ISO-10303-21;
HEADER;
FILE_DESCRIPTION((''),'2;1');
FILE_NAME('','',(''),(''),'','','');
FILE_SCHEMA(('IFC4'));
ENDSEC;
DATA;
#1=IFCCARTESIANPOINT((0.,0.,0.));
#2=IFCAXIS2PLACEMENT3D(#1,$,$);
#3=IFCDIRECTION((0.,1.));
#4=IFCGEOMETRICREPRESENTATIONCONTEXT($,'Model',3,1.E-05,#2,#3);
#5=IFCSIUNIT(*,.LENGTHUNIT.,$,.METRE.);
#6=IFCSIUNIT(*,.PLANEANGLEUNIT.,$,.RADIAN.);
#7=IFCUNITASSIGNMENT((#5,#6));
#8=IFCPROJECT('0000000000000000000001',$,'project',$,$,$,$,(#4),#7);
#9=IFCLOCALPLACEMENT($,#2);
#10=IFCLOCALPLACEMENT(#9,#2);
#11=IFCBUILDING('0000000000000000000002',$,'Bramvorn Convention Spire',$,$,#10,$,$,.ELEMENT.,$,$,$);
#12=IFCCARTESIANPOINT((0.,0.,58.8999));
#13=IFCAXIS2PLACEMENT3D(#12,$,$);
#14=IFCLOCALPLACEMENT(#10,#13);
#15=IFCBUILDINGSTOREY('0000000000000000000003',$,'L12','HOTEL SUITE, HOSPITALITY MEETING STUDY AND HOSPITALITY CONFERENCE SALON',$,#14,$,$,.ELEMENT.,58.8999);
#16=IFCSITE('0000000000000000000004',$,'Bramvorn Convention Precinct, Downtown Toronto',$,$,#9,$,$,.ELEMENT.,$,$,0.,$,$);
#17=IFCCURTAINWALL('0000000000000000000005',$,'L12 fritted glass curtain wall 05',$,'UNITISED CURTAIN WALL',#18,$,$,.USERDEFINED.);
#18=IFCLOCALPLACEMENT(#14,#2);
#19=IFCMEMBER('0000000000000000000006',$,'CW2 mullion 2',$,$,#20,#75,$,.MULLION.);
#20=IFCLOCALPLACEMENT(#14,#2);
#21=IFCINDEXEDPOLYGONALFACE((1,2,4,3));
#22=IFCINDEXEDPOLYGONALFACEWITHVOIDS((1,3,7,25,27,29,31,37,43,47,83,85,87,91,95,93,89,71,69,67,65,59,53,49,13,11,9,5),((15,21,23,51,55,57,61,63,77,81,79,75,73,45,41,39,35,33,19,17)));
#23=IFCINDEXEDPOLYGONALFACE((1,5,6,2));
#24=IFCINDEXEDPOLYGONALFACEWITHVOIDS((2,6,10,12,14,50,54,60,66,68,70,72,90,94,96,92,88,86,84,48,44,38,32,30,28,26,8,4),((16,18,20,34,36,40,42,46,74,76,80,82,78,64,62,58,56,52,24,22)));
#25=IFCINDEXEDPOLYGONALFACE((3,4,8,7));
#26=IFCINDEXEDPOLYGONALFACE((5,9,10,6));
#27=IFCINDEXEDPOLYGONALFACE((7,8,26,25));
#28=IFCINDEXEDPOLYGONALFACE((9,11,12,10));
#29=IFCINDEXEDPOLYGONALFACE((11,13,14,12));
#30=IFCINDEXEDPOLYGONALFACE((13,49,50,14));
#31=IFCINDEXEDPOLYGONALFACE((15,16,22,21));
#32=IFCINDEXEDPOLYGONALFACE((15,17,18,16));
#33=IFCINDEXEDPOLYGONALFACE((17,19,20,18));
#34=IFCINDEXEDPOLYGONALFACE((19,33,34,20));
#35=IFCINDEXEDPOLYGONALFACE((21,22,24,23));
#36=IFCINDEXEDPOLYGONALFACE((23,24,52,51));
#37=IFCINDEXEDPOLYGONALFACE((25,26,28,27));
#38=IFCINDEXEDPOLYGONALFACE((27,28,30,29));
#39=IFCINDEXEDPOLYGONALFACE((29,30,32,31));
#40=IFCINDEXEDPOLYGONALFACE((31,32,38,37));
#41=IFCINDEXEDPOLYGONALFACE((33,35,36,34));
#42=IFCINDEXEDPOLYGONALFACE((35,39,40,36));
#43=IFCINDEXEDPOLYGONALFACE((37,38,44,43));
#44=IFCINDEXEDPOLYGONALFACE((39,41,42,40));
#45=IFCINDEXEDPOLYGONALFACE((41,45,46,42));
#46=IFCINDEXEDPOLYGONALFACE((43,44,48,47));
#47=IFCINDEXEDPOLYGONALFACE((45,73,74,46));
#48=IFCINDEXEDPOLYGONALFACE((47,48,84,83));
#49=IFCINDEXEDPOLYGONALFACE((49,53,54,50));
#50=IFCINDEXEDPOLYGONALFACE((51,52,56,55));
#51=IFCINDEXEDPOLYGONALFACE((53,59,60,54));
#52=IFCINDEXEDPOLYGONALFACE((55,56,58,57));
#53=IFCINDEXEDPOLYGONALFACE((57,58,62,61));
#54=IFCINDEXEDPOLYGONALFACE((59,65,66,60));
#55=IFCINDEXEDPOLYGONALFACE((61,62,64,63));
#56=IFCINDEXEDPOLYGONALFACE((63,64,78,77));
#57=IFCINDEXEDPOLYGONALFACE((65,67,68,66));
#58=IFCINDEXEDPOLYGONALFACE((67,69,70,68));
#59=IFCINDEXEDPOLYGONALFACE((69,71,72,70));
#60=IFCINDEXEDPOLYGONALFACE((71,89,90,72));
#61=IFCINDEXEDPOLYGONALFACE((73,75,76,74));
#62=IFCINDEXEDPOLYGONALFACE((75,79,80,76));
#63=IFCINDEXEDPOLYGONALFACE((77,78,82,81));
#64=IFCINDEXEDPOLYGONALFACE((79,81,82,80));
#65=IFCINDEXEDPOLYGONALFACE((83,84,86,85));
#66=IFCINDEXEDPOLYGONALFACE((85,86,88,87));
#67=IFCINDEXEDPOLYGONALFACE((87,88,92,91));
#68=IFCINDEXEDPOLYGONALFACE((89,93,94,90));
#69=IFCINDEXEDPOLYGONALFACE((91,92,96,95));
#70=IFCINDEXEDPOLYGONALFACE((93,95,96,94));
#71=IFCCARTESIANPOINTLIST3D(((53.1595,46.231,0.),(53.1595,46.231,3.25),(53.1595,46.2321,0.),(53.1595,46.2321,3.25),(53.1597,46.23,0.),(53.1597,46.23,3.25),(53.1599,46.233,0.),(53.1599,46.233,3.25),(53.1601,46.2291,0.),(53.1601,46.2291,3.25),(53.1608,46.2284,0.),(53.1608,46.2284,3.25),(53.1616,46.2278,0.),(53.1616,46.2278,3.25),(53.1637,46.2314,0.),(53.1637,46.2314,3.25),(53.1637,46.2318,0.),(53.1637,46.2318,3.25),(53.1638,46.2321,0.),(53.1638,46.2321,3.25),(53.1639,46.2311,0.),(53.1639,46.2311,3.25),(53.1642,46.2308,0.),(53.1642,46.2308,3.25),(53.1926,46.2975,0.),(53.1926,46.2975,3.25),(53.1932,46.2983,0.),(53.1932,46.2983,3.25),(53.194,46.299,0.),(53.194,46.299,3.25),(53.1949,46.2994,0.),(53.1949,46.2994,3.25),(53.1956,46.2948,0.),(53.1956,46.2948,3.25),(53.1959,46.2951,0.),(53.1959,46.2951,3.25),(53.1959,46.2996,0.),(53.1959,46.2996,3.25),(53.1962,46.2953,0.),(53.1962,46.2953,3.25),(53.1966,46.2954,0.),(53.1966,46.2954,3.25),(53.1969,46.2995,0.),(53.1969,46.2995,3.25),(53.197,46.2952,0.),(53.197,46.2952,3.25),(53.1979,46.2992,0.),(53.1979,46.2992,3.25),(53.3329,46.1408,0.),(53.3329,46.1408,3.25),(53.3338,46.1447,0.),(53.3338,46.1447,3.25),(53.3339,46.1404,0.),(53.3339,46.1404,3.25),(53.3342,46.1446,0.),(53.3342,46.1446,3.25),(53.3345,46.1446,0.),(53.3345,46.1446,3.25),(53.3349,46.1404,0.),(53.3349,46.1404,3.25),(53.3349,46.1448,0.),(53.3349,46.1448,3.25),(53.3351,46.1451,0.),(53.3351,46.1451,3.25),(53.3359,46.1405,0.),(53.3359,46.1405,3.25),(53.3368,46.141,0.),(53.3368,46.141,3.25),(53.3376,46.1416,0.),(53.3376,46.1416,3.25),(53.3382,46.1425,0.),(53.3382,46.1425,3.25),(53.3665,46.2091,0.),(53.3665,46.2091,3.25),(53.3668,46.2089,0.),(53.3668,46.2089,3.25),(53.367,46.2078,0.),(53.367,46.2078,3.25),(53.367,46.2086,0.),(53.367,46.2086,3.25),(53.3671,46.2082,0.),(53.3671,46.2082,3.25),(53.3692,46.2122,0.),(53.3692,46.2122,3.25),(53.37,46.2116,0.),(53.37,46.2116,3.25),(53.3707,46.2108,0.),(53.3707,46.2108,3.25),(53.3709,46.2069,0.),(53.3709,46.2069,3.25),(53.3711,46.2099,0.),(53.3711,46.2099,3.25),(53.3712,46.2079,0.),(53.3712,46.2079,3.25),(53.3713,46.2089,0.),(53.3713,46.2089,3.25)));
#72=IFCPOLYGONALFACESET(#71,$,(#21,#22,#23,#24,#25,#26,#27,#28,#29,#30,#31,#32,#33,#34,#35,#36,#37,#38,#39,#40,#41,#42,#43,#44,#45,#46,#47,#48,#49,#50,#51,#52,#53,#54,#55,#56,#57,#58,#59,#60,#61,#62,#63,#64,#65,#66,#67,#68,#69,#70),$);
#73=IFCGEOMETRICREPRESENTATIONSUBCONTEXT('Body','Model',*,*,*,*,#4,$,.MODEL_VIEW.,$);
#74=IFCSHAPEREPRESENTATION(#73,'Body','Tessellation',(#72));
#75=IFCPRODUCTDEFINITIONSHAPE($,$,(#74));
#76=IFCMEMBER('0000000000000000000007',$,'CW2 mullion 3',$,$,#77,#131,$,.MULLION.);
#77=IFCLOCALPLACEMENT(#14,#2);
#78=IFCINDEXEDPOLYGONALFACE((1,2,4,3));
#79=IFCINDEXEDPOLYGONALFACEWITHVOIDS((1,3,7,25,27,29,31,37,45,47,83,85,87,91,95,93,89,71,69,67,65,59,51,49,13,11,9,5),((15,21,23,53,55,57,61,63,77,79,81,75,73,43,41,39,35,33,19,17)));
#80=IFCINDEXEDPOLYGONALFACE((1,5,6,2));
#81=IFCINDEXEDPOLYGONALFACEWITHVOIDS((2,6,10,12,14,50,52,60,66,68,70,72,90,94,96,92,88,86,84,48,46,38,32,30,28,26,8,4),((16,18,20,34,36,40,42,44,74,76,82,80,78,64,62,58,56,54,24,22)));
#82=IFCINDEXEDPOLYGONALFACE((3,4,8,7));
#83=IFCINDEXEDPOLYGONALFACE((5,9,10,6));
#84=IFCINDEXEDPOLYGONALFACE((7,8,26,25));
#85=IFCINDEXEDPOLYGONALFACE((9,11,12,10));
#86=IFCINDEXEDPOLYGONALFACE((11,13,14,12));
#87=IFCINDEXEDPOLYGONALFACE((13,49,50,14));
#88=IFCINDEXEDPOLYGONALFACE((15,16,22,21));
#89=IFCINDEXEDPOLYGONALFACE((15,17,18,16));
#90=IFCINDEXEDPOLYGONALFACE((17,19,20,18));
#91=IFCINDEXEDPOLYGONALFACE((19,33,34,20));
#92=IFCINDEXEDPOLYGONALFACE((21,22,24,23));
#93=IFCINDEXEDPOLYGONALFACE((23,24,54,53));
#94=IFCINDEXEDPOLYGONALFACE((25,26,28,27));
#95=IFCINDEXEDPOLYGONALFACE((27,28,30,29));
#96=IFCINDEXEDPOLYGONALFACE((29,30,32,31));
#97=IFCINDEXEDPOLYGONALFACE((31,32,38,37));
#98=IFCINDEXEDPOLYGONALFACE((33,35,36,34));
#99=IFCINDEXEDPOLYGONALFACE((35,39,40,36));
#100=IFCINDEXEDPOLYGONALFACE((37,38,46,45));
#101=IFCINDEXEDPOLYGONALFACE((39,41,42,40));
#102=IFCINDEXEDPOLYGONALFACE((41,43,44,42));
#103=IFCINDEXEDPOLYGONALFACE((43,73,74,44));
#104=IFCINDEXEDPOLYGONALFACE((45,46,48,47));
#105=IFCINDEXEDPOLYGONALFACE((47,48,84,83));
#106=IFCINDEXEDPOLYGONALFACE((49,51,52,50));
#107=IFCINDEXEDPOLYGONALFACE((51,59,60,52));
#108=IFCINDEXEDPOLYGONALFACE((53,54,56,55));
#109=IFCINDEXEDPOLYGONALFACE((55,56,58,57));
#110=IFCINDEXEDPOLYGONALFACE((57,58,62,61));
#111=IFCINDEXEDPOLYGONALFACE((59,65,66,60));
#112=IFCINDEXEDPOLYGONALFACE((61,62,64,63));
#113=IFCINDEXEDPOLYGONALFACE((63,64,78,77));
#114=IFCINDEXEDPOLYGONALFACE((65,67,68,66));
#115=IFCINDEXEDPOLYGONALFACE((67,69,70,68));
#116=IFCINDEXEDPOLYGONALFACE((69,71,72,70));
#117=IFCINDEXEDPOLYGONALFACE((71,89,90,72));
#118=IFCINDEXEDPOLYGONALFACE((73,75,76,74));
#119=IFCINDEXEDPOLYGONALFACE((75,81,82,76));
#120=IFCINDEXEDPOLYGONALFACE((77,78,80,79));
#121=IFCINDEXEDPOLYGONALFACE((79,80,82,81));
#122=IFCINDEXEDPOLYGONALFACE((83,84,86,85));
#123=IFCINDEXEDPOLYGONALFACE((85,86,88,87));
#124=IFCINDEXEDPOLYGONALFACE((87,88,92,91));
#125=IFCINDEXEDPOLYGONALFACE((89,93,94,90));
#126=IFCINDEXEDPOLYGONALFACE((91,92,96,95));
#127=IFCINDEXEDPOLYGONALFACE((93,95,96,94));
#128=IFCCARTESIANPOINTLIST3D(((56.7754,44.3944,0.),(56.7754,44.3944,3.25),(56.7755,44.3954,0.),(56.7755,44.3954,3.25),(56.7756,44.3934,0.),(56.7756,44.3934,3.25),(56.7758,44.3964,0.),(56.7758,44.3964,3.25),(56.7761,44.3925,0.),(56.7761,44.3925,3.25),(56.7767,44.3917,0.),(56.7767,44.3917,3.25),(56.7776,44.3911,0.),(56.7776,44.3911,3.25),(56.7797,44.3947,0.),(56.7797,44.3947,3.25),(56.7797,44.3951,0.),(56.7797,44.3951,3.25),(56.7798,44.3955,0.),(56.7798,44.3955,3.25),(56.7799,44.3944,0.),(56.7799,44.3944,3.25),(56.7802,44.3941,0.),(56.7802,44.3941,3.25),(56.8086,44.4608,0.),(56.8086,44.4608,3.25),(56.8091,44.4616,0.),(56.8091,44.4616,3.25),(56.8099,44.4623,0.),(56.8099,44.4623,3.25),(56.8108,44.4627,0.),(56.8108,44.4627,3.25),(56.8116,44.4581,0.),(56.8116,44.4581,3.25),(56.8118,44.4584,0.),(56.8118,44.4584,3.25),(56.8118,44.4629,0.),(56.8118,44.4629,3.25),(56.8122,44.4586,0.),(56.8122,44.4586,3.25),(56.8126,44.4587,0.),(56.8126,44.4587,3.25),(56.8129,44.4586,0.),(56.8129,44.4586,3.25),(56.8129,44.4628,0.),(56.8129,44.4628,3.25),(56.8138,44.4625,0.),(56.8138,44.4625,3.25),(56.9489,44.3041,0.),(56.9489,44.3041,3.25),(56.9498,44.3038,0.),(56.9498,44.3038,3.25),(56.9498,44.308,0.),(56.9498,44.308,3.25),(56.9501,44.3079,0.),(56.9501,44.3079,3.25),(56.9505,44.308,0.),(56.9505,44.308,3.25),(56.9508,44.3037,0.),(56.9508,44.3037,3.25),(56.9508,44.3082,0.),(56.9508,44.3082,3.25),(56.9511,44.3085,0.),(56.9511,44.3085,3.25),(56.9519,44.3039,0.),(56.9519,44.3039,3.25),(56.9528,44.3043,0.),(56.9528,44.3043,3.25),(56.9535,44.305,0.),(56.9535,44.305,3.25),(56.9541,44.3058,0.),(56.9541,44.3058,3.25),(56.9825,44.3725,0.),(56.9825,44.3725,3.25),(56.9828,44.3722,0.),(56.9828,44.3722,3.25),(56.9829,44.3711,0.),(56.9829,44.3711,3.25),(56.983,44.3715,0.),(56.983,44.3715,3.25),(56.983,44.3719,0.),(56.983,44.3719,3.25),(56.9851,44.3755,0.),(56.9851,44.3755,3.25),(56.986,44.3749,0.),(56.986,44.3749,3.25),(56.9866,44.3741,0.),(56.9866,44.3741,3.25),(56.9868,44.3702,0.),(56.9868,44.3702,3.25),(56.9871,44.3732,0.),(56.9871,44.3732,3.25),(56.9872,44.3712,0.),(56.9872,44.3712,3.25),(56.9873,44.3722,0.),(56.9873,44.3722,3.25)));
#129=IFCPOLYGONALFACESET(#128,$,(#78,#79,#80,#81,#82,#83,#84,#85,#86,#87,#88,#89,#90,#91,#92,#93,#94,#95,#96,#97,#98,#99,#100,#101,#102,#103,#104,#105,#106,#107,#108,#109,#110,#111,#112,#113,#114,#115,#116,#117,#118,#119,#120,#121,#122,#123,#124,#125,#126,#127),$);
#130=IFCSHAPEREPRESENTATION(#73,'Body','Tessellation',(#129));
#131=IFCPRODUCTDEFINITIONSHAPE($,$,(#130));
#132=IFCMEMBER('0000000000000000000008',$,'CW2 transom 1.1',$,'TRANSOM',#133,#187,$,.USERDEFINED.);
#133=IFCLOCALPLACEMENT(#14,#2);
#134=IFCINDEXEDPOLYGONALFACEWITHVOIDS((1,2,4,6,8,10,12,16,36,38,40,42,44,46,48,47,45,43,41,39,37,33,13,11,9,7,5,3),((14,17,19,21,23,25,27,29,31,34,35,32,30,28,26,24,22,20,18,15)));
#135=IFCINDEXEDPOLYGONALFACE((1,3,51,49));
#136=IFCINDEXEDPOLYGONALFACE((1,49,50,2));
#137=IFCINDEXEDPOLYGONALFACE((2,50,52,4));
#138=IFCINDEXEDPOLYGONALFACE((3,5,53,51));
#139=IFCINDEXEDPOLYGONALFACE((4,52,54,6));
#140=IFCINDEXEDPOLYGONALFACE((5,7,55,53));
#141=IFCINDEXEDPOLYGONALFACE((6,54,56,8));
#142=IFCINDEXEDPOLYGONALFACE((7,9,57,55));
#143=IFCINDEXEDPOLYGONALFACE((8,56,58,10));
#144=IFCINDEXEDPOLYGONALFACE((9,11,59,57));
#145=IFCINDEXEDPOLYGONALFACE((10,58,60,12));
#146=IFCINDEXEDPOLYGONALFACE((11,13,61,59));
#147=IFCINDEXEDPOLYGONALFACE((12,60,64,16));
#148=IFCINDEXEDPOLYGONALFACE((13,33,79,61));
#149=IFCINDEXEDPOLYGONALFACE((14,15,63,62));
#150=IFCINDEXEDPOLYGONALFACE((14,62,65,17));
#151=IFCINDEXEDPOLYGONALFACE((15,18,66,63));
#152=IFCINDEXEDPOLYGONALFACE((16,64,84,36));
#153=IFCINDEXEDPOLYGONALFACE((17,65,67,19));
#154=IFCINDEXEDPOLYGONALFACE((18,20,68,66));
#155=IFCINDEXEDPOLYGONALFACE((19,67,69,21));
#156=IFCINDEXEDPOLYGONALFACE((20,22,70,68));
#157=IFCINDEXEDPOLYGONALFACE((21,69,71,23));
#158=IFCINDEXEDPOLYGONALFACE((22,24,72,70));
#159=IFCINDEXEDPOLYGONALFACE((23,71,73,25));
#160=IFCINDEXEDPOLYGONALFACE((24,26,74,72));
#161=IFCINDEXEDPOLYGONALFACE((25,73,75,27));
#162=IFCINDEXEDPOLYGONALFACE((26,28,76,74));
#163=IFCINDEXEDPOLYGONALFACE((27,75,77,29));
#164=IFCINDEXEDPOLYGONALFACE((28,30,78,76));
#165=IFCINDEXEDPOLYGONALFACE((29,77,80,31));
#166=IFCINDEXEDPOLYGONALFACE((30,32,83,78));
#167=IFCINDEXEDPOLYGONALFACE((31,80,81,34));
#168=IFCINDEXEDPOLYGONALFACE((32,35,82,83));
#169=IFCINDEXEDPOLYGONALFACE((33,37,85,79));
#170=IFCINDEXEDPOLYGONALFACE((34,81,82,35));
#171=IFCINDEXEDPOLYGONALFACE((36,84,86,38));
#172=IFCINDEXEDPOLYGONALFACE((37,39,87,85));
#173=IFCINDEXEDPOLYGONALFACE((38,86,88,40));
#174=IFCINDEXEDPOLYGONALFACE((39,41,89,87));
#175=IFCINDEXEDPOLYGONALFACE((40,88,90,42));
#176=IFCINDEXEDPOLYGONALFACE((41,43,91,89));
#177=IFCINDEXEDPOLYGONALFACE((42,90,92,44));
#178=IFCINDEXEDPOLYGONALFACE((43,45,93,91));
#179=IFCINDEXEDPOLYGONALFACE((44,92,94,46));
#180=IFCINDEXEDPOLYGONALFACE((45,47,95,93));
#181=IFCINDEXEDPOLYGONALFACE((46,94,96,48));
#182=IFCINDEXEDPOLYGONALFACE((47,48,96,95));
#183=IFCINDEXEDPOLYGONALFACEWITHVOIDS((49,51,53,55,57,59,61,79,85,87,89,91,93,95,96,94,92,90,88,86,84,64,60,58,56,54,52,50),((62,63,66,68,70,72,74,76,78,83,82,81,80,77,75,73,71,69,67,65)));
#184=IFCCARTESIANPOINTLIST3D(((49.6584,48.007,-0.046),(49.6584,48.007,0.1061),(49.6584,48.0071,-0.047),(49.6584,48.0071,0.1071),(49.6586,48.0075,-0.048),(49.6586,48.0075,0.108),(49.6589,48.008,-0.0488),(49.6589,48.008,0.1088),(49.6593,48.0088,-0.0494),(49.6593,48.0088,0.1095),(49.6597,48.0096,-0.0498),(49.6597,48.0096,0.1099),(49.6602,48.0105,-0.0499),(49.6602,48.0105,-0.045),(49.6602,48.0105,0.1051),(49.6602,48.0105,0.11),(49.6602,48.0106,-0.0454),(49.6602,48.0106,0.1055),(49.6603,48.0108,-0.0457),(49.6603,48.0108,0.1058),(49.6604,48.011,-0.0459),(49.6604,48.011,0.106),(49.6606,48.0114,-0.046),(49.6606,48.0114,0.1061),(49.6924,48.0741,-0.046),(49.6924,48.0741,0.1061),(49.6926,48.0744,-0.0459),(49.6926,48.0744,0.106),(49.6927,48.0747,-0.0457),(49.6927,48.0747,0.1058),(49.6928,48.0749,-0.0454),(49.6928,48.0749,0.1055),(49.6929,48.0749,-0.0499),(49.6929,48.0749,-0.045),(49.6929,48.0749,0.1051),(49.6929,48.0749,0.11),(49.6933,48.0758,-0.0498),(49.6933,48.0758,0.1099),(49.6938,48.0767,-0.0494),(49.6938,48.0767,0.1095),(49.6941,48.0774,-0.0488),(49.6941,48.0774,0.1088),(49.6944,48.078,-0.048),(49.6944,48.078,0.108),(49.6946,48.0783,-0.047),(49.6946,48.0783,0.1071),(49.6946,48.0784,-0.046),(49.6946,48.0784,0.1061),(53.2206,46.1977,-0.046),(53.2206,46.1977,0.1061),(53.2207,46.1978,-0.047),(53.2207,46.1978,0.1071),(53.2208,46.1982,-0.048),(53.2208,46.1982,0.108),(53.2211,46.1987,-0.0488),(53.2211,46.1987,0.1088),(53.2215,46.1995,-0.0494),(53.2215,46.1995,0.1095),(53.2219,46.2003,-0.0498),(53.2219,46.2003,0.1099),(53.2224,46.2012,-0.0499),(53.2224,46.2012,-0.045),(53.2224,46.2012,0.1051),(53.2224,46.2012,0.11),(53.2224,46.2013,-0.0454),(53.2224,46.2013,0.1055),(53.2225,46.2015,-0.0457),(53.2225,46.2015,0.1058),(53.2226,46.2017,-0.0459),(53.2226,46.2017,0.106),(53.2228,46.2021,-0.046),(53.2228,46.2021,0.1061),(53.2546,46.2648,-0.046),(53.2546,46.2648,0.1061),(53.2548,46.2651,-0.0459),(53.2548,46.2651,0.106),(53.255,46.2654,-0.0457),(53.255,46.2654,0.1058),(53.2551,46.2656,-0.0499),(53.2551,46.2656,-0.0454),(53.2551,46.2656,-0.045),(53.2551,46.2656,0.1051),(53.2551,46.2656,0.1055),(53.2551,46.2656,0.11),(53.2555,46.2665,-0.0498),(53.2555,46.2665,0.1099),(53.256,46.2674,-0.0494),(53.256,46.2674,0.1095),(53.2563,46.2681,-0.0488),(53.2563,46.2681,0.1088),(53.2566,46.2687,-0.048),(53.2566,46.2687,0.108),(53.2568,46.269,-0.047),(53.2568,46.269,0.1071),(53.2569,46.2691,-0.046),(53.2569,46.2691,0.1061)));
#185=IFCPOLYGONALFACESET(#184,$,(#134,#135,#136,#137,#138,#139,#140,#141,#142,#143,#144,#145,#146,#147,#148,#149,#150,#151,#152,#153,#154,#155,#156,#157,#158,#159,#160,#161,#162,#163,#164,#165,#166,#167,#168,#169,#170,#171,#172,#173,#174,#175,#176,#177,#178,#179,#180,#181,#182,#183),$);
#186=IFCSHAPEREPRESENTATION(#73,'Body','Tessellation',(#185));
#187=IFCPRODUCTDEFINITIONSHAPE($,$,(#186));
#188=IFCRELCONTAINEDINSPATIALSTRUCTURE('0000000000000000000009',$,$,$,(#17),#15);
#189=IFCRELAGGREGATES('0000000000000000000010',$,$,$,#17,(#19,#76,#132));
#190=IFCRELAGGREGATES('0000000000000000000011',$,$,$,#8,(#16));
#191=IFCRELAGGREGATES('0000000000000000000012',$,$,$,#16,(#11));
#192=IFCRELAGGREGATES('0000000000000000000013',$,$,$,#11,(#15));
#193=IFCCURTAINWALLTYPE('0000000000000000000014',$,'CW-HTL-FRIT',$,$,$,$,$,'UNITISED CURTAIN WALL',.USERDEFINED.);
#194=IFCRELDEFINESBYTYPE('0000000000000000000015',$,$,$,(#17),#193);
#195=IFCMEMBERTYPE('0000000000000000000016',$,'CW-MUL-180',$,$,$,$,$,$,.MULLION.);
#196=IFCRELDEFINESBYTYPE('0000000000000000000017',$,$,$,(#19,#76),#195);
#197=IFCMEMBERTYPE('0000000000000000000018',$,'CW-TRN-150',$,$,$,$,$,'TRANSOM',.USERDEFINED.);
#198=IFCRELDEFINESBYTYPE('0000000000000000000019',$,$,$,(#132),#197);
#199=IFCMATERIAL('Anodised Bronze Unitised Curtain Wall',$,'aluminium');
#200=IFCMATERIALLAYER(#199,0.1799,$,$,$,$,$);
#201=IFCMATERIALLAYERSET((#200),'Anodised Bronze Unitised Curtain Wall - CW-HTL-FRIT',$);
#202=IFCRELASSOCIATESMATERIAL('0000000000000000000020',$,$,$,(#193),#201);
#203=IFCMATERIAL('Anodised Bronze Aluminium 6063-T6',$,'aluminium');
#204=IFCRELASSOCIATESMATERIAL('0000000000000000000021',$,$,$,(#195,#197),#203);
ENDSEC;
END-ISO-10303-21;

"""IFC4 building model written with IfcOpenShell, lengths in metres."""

from ifc_helpers import new_model, si_unit, direction, frame, origin, origin_2d, place, context, subcontext, project, spatial, hollow_rectangle, extrude, material, layer, layer_set, material_profile, profile_set, type_object, element, aggregate, save


model = new_model("IFC4")

# Units and contexts
model_context = context("Model", 3, precision=1e-05, world=origin(), true_north=direction((0.0, 1.0)))
body_context = subcontext(model_context, "Body", "Model", "MODEL_VIEW")
ifc_project = project(units=[si_unit("LENGTHUNIT", "METRE"), si_unit("PLANEANGLEUNIT", "RADIAN")], contexts=[model_context])

# Site, building, storey
site_placement = place(None, origin())
site = spatial("IfcSite", under=ifc_project, at=site_placement, Name="Bramvorn Convention Precinct, Downtown Toronto", CompositionType="ELEMENT", RefElevation=0.0)
building_placement = place(site_placement, origin())
building = spatial("IfcBuilding", under=site, at=building_placement, Name="Bramvorn Convention Spire", CompositionType="ELEMENT")
storey_placement = place(building_placement, frame((0.0, 0.0, 58.8999)))
storey = spatial("IfcBuildingStorey", under=building, at=storey_placement, Name="L12", Description="HOTEL SUITE, HOSPITALITY MEETING STUDY AND HOSPITALITY CONFERENCE SALON", CompositionType="ELEMENT", Elevation=58.8999)

# Curtain wall, members
ifc_material_1 = material(Name="Anodised Bronze Unitised Curtain Wall", Category="aluminium")
ifc_layer_1 = layer(ifc_material_1, 0.1799)
ifc_layer_set_1 = layer_set([ifc_layer_1], Name="Anodised Bronze Unitised Curtain Wall - CW-HTL-FRIT")
curtain_wall_type = type_object("IfcCurtainWallType", Name="CW-HTL-FRIT", ElementType="UNITISED CURTAIN WALL", PredefinedType="USERDEFINED", material=ifc_layer_set_1)
curtain_wall_placement = place(storey_placement, origin())
curtain_wall = element("IfcCurtainWall", 1, at=curtain_wall_placement, inside=storey, type_object=curtain_wall_type, Name="L12 fritted glass curtain wall 05", ObjectType="UNITISED CURTAIN WALL", PredefinedType="USERDEFINED")
ifc_material_2 = material(Name="Anodised Bronze Aluminium 6063-T6", Category="aluminium")
ifc_material_profile_1 = material_profile(ifc_material_2, hollow_rectangle(XDim=0.0801, YDim=0.2, WallThickness=0.0039, InnerFilletRadius=0.001, OuterFilletRadius=0.0039, at=origin_2d()))
ifc_profile_set_1 = profile_set([ifc_material_profile_1], Name="Anodised Bronze Aluminium 6063-T6 - CWM80X200")
member_type_1 = type_object("IfcMemberType", Name="CW-MUL-180", PredefinedType="MULLION", material=ifc_profile_set_1)
member_1_placement = place(storey_placement, frame((53.2654, 46.22, 0.0), z_axis=(0.0, 0.0, 1.0), x_axis=(0.452839, 0.891592, 0.0)))
member_1 = element("IfcMember", 2, at=member_1_placement, type_object=member_type_1, Name="CW2 mullion 2", PredefinedType="MULLION", context=body_context, shape_type="SweptSolid", body=[
    extrude(hollow_rectangle(XDim=0.0801, YDim=0.2, WallThickness=0.0039, InnerFilletRadius=0.001, OuterFilletRadius=0.0039, at=origin_2d()), origin(), (0.0, 0.0, 1.0), 3.25),
])
member_2_placement = place(storey_placement, frame((56.8813, 44.3833, 0.0), z_axis=(0.0, 0.0, 1.0), x_axis=(0.452839, 0.891592, 0.0)))
member_2 = element("IfcMember", 3, at=member_2_placement, type_object=member_type_1, Name="CW2 mullion 3", PredefinedType="MULLION", context=body_context, shape_type="SweptSolid", body=[
    extrude(hollow_rectangle(XDim=0.0801, YDim=0.2, WallThickness=0.0039, InnerFilletRadius=0.001, OuterFilletRadius=0.0039, at=origin_2d()), origin(), (0.0, 0.0, 1.0), 3.25),
])
ifc_material_profile_2 = material_profile(ifc_material_2, hollow_rectangle(XDim=0.0801, YDim=0.1599, WallThickness=0.0039, InnerFilletRadius=0.001, OuterFilletRadius=0.0039, at=origin_2d()))
ifc_profile_set_2 = profile_set([ifc_material_profile_2], Name="Anodised Bronze Aluminium 6063-T6 - CWT80X160")
member_type_2 = type_object("IfcMemberType", Name="CW-TRN-150", ElementType="TRANSOM", PredefinedType="USERDEFINED", material=ifc_profile_set_2)
member_3_placement = place(storey_placement, frame((49.6765, 48.0427, 0.03), z_axis=(0.891586, -0.452851, 0.0), x_axis=(0.452851, 0.891586, 0.0)))
member_3 = element("IfcMember", 4, at=member_3_placement, type_object=member_type_2, Name="CW2 transom 1.1", ObjectType="TRANSOM", PredefinedType="USERDEFINED", context=body_context, shape_type="SweptSolid", body=[
    extrude(hollow_rectangle(XDim=0.0801, YDim=0.1599, WallThickness=0.0039, InnerFilletRadius=0.001, OuterFilletRadius=0.0039, at=origin_2d()), origin(), (0.0, 0.0, 1.0), 3.9954),
])
aggregate(curtain_wall, [member_1, member_2, member_3])

save(model, "model.ifc")
